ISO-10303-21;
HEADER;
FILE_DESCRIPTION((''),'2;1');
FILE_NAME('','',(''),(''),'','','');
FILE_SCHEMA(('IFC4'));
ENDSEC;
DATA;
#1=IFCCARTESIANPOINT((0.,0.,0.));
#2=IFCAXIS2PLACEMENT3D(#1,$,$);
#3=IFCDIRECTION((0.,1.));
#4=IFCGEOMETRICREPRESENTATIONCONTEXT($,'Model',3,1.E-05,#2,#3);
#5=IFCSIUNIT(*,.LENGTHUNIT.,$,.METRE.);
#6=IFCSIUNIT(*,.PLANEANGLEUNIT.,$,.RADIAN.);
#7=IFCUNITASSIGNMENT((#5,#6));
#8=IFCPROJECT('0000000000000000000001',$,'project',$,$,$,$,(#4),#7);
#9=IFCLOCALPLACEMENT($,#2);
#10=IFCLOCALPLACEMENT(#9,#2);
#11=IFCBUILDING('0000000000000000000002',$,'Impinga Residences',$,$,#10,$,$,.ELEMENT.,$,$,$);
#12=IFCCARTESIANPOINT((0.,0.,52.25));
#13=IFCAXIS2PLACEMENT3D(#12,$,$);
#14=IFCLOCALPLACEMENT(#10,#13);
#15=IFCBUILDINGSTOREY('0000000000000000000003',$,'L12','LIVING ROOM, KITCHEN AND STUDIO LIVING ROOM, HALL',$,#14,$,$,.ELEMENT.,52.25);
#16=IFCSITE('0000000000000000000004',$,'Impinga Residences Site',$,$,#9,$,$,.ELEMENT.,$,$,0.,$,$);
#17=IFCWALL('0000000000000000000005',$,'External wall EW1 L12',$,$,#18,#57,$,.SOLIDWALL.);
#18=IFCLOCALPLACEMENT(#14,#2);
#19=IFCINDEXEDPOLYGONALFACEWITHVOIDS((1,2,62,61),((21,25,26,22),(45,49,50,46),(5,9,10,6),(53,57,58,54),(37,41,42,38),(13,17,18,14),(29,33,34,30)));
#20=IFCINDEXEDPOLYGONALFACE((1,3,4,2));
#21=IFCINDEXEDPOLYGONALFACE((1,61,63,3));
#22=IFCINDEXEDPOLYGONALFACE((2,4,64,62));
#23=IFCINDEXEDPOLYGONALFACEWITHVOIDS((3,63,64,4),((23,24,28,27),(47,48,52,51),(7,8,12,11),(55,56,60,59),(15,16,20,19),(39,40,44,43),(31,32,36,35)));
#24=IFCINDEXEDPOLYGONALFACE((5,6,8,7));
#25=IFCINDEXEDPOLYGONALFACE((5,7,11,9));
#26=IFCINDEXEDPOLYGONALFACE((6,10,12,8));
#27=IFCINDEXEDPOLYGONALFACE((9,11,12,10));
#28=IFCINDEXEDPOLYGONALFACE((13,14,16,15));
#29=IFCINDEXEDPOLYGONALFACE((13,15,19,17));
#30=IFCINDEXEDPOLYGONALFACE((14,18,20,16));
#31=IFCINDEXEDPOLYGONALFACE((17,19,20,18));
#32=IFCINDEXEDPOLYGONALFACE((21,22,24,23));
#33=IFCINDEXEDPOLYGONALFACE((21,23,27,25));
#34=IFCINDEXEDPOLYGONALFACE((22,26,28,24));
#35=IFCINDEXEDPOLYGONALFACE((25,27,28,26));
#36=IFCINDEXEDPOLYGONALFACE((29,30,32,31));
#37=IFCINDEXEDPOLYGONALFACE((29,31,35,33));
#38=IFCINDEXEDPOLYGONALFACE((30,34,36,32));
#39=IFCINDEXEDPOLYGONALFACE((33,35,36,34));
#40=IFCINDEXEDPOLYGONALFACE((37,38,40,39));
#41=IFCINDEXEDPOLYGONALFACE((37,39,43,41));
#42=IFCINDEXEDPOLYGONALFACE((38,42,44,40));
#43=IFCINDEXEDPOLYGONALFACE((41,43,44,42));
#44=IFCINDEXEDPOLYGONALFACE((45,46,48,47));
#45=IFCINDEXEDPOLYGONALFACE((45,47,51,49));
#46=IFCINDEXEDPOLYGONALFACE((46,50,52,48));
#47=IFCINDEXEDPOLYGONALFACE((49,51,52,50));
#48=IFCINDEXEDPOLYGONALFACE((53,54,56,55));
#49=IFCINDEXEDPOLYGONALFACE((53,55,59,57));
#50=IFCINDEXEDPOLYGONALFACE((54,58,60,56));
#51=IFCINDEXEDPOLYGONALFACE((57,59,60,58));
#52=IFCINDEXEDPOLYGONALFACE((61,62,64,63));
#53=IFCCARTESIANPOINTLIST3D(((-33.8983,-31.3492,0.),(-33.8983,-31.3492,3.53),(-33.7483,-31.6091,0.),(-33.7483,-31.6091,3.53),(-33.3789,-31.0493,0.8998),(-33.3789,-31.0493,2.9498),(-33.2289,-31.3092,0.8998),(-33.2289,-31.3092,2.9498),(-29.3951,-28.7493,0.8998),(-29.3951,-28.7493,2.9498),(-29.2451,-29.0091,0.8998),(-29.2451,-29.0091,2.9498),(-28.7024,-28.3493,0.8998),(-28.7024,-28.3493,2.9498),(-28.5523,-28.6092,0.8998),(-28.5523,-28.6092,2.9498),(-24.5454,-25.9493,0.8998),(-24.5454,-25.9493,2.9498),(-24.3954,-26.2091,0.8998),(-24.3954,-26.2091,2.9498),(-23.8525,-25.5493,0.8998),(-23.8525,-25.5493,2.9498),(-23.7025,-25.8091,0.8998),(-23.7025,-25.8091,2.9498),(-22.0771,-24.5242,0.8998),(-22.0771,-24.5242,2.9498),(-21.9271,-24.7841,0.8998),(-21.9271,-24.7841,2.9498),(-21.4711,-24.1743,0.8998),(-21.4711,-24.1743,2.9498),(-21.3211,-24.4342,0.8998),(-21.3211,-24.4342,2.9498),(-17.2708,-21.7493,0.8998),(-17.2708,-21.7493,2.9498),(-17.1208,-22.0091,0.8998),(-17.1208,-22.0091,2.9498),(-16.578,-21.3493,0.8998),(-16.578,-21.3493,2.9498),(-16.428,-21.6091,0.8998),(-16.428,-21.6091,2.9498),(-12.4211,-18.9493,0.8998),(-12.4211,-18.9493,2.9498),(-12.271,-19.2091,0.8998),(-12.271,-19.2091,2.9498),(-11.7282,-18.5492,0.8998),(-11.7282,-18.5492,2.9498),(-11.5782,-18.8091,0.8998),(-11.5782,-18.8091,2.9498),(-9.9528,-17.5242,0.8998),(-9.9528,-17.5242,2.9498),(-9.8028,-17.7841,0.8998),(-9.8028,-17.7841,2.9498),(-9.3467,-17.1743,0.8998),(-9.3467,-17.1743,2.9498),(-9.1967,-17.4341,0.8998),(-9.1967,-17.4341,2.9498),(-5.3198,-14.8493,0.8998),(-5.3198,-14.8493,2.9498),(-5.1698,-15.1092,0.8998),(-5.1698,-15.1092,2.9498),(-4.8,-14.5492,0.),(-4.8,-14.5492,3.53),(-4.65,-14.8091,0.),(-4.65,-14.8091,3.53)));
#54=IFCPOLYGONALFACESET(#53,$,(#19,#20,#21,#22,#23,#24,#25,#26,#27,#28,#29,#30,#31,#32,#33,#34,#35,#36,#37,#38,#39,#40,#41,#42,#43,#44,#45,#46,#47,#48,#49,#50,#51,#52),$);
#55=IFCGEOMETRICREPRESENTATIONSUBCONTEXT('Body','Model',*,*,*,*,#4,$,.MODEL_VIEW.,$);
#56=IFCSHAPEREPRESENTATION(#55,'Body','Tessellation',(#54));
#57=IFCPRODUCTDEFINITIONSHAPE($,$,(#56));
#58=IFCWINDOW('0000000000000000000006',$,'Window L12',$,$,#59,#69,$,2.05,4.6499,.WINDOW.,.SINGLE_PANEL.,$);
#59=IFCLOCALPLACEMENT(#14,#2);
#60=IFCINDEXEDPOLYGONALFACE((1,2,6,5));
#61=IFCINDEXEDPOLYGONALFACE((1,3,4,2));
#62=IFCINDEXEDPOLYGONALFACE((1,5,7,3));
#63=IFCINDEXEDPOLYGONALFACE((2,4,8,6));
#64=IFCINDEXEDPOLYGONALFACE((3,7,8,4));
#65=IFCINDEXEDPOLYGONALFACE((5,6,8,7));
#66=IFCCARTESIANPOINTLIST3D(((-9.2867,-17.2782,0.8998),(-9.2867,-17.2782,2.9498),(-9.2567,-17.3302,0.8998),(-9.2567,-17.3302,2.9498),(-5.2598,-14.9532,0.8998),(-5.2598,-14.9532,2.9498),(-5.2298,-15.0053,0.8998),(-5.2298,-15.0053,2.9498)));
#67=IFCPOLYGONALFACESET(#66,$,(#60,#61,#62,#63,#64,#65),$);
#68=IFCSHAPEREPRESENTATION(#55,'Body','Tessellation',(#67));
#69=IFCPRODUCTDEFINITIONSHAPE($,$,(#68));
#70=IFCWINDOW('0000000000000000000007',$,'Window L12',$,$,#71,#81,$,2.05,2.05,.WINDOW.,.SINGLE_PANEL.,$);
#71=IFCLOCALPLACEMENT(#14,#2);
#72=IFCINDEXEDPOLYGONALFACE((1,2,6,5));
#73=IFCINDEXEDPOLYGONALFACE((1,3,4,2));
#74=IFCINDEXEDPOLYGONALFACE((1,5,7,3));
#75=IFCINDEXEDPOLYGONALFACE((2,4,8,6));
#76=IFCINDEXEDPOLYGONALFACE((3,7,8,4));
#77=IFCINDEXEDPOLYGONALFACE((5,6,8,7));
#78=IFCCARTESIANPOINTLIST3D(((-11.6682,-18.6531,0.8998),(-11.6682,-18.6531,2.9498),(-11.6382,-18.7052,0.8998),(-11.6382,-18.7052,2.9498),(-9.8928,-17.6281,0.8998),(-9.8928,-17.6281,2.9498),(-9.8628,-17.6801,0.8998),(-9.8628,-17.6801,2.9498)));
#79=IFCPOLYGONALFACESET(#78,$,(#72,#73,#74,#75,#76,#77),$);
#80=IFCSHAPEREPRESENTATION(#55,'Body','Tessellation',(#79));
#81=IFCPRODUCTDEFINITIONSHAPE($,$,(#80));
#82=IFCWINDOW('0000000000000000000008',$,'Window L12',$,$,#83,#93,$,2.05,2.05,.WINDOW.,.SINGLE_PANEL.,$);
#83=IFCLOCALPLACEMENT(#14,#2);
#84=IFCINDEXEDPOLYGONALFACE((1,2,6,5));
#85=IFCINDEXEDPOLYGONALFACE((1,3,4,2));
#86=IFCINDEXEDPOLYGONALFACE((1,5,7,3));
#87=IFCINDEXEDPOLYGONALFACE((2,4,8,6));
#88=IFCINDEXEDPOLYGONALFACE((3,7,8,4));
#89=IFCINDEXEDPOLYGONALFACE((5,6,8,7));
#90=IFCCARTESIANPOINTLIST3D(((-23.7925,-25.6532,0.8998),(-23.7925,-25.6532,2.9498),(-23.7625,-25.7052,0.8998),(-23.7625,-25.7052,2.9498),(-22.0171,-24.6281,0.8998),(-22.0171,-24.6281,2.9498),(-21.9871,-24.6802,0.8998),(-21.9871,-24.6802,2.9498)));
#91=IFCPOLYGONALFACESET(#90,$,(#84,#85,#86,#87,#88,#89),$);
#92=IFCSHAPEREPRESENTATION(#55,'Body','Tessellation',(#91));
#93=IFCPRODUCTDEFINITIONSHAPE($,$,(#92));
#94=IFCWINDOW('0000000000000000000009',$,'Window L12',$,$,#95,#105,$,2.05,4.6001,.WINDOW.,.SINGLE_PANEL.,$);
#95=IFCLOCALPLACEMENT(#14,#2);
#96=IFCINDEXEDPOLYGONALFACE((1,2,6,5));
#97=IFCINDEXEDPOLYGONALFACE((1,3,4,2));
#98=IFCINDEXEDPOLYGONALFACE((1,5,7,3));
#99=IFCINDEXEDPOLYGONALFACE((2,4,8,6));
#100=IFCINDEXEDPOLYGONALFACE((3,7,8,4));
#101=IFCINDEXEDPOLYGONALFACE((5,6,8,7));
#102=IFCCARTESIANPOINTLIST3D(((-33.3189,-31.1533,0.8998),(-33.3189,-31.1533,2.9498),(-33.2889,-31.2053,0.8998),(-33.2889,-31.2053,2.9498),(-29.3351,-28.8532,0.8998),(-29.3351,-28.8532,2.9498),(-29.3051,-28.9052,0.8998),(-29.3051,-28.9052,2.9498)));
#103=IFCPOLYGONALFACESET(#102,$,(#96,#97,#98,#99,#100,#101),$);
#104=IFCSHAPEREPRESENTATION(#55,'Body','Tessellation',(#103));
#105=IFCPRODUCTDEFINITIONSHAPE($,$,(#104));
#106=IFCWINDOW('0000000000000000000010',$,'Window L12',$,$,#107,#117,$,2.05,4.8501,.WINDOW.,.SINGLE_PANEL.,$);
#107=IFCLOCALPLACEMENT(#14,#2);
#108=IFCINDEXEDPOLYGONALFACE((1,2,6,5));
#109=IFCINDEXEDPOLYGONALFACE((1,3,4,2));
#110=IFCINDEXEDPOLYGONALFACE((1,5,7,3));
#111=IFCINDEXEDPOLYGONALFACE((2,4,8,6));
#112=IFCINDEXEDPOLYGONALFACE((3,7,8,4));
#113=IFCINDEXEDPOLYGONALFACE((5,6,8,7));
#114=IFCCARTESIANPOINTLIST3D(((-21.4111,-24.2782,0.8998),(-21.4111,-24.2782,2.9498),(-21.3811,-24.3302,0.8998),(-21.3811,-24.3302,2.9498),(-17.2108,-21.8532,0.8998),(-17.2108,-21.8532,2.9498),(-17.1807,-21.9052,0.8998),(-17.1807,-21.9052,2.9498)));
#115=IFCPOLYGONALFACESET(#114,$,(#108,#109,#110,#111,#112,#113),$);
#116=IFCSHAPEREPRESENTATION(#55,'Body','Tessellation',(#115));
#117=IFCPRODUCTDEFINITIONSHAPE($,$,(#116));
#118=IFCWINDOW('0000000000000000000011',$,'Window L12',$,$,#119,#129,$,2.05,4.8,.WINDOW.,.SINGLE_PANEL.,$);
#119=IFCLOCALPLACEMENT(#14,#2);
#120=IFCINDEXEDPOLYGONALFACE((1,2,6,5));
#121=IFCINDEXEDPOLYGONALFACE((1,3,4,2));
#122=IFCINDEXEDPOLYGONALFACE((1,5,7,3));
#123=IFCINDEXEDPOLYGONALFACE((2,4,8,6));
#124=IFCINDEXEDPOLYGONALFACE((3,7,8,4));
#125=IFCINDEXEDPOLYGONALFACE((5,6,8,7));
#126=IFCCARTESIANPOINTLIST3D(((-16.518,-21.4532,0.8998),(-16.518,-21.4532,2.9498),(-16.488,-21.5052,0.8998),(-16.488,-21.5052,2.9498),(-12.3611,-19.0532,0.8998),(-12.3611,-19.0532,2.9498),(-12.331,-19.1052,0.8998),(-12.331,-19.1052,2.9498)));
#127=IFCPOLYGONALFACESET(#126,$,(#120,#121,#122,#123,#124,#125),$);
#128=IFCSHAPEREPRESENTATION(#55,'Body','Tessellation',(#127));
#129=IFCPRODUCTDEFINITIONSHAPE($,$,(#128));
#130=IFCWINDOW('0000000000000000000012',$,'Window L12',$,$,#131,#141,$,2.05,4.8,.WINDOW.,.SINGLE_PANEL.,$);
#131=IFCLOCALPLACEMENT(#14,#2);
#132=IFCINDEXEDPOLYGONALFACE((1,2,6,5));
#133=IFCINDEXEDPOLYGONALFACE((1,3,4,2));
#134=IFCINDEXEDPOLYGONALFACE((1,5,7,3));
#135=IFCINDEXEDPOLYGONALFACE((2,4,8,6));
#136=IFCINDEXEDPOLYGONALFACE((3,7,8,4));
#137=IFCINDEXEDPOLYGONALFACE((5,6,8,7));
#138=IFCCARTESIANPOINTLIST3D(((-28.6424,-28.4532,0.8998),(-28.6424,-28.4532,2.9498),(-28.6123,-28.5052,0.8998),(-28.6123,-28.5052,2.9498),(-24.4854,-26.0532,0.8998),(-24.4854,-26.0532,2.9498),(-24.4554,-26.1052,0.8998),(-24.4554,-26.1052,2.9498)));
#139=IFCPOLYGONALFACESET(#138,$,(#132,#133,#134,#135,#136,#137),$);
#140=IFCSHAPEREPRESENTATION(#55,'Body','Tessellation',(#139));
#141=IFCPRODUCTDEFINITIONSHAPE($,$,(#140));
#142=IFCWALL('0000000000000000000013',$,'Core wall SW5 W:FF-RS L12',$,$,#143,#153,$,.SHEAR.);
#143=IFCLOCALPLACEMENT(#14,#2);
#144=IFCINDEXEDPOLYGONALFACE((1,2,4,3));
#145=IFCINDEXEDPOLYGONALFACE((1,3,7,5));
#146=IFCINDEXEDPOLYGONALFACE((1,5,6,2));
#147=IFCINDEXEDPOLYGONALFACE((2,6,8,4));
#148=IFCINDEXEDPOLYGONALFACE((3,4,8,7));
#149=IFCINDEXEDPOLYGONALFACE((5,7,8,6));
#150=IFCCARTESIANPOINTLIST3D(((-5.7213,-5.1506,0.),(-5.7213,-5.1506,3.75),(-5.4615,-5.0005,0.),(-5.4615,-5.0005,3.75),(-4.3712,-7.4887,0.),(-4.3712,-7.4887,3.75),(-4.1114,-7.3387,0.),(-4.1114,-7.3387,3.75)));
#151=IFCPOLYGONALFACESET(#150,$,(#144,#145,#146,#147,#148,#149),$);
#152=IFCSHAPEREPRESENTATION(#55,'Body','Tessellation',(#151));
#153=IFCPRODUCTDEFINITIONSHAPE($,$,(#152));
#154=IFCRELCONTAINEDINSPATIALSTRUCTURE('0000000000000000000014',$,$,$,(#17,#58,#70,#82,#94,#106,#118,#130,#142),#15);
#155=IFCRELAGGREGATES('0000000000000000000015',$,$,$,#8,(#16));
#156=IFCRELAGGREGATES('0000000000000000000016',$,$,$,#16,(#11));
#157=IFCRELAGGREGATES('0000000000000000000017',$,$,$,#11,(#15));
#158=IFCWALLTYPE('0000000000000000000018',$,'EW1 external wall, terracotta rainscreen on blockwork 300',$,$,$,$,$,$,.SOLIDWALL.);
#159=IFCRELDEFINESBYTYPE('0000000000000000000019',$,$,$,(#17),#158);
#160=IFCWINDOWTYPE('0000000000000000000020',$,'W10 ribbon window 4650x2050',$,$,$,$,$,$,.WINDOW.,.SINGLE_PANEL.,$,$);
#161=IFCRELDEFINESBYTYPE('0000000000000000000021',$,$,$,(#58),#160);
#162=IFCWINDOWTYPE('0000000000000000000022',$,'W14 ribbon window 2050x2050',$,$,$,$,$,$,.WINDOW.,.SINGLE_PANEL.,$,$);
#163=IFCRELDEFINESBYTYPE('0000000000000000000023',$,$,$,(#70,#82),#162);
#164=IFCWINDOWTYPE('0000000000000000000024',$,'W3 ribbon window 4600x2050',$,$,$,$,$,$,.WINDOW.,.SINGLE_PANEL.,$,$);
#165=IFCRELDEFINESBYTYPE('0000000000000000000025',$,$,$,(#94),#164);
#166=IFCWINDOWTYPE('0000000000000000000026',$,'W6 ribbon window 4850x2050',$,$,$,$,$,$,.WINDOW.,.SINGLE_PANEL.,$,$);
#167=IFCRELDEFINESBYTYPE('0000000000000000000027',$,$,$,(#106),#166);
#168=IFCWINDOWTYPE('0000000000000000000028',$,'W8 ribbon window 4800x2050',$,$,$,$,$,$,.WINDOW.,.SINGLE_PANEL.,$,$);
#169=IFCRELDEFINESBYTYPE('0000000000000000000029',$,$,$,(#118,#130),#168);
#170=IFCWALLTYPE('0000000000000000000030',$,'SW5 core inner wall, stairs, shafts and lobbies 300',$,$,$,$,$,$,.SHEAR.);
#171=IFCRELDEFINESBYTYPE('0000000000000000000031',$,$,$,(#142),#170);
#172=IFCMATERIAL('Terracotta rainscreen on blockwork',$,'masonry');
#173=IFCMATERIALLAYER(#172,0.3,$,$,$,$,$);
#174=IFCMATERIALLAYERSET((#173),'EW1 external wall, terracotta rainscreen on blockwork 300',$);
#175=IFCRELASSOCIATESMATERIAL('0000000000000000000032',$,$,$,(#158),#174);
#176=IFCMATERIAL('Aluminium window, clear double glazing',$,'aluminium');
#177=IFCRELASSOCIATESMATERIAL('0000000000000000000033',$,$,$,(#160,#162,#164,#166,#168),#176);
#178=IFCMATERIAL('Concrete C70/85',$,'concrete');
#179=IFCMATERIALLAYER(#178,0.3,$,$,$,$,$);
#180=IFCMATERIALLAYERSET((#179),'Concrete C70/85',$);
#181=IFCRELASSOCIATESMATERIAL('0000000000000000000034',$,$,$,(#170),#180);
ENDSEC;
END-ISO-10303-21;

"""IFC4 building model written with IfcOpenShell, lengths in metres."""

from ifc_helpers import new_model, si_unit, direction, frame, frame_2d, origin, place, context, subcontext, project, spatial, rectangle, extrude, material, layer, layer_set, type_object, element, fill, save


model = new_model("IFC4")

# Units and contexts
model_context = context("Model", 3, precision=1e-05, world=origin(), true_north=direction((0.0, 1.0)))
body_context = subcontext(model_context, "Body", "Model", "MODEL_VIEW")
ifc_project = project(units=[si_unit("LENGTHUNIT", "METRE"), si_unit("PLANEANGLEUNIT", "RADIAN")], contexts=[model_context])

# Site, building, storey
site_placement = place(None, origin())
site = spatial("IfcSite", under=ifc_project, at=site_placement, Name="Impinga Residences Site", CompositionType="ELEMENT", RefElevation=0.0)
building_placement = place(site_placement, origin())
building = spatial("IfcBuilding", under=site, at=building_placement, Name="Impinga Residences", CompositionType="ELEMENT")
storey_placement = place(building_placement, frame((0.0, 0.0, 52.25)))
storey = spatial("IfcBuildingStorey", under=building, at=storey_placement, Name="L12", Description="LIVING ROOM, KITCHEN AND STUDIO LIVING ROOM, HALL", CompositionType="ELEMENT", Elevation=52.25)

# Shared definitions
ifc_material_1 = material(Name="Concrete C70/85", Category="concrete")

# Shared definitions
ifc_material_2 = material(Name="Terracotta rainscreen on blockwork", Category="masonry")
ifc_layer_1 = layer(ifc_material_2, 0.3)
ifc_layer_set_1 = layer_set([ifc_layer_1], Name="EW1 external wall, terracotta rainscreen on blockwork 300")
wall_type_1 = type_object("IfcWallType", Name="EW1 external wall, terracotta rainscreen on blockwork 300", PredefinedType="SOLIDWALL", material=ifc_layer_set_1)

# Wall, openings, windows
wall_1_placement = place(storey_placement, frame((-4.7251, -14.6792, 0.0), z_axis=(0.0, 0.0, 1.0), x_axis=(-0.866024, -0.500002, 0.0)))
wall_1 = element("IfcWall", 1, at=wall_1_placement, inside=storey, type_object=wall_type_1, Name="External wall EW1 L12", PredefinedType="SOLIDWALL", context=body_context, shape_type="SweptSolid", body=[
    extrude(rectangle(XDim=33.5999, YDim=0.3, at=frame_2d((16.7998, 0.0))), origin(), (0.0, 0.0, 1.0), 3.53),
])
opening_1_placement = place(wall_1_placement, frame((0.6001, 0.0, 0.8999)))
opening_1 = element("IfcOpeningElement", 2, at=opening_1_placement, cuts=wall_1, PredefinedType="OPENING", context=body_context, shape_type="SweptSolid", body=[
    extrude(rectangle(XDim=4.6499, YDim=2.05, at=frame_2d((2.325, 1.0249))), frame((0.0, 0.1599, 0.0), z_axis=(0.0, -1.0, 0.0), x_axis=(1.0, 0.0, 0.0)), (0.0, 0.0, 1.0), 0.3201),
])
opening_2_placement = place(wall_1_placement, frame((5.95, 0.0, 0.8999)))
opening_2 = element("IfcOpeningElement", 3, at=opening_2_placement, cuts=wall_1, PredefinedType="OPENING", context=body_context, shape_type="SweptSolid", body=[
    extrude(rectangle(XDim=2.05, YDim=2.05, at=frame_2d((1.0249, 1.0249))), frame((0.0, 0.1599, 0.0), z_axis=(0.0, -1.0, 0.0), x_axis=(1.0, 0.0, 0.0)), (0.0, 0.0, 1.0), 0.3201),
])
opening_3_placement = place(wall_1_placement, frame((8.8, 0.0, 0.8999)))
opening_3 = element("IfcOpeningElement", 4, at=opening_3_placement, cuts=wall_1, PredefinedType="OPENING", context=body_context, shape_type="SweptSolid", body=[
    extrude(rectangle(XDim=4.8, YDim=2.05, at=frame_2d((2.3999, 1.0249))), frame((0.0, 0.1599, 0.0), z_axis=(0.0, -1.0, 0.0), x_axis=(1.0, 0.0, 0.0)), (0.0, 0.0, 1.0), 0.3201),
])
opening_4_placement = place(wall_1_placement, frame((14.3999, 0.0, 0.8999)))
opening_4 = element("IfcOpeningElement", 5, at=opening_4_placement, cuts=wall_1, PredefinedType="OPENING", context=body_context, shape_type="SweptSolid", body=[
    extrude(rectangle(XDim=4.8501, YDim=2.05, at=frame_2d((2.425, 1.0249))), frame((0.0, 0.1599, 0.0), z_axis=(0.0, -1.0, 0.0), x_axis=(1.0, 0.0, 0.0)), (0.0, 0.0, 1.0), 0.3201),
])
opening_5_placement = place(wall_1_placement, frame((19.95, 0.0, 0.8999)))
opening_5 = element("IfcOpeningElement", 6, at=opening_5_placement, cuts=wall_1, PredefinedType="OPENING", context=body_context, shape_type="SweptSolid", body=[
    extrude(rectangle(XDim=2.05, YDim=2.05, at=frame_2d((1.0249, 1.0249))), frame((0.0, 0.1599, 0.0), z_axis=(0.0, -1.0, 0.0), x_axis=(1.0, 0.0, 0.0)), (0.0, 0.0, 1.0), 0.3201),
])
opening_6_placement = place(wall_1_placement, frame((22.8, 0.0, 0.8999)))
opening_6 = element("IfcOpeningElement", 7, at=opening_6_placement, cuts=wall_1, PredefinedType="OPENING", context=body_context, shape_type="SweptSolid", body=[
    extrude(rectangle(XDim=4.8, YDim=2.05, at=frame_2d((2.3999, 1.0249))), frame((0.0, 0.1599, 0.0), z_axis=(0.0, -1.0, 0.0), x_axis=(1.0, 0.0, 0.0)), (0.0, 0.0, 1.0), 0.3201),
])
opening_7_placement = place(wall_1_placement, frame((28.3999, 0.0, 0.8999)))
opening_7 = element("IfcOpeningElement", 8, at=opening_7_placement, cuts=wall_1, PredefinedType="OPENING", context=body_context, shape_type="SweptSolid", body=[
    extrude(rectangle(XDim=4.6001, YDim=2.05, at=frame_2d((2.3, 1.0249))), frame((0.0, 0.1599, 0.0), z_axis=(0.0, -1.0, 0.0), x_axis=(1.0, 0.0, 0.0)), (0.0, 0.0, 1.0), 0.3201),
])
ifc_material_3 = material(Name="Aluminium window, clear double glazing", Category="aluminium")
window_type_1 = type_object("IfcWindowType", Name="W10 ribbon window 4650x2050", PartitioningType="SINGLE_PANEL", PredefinedType="WINDOW", material=ifc_material_3)
window_1_placement = place(opening_1_placement, origin())
window_1 = element("IfcWindow", 9, at=window_1_placement, inside=storey, type_object=window_type_1, Name="Window L12", OverallHeight=2.05, OverallWidth=4.6499, PartitioningType="SINGLE_PANEL", PredefinedType="WINDOW", context=body_context, shape_type="SweptSolid", body=[
    extrude(rectangle(XDim=4.6499, YDim=2.05, at=frame_2d((2.325, 1.0249))), frame((0.0, 0.03, 0.0), z_axis=(0.0, -1.0, 0.0), x_axis=(1.0, 0.0, 0.0)), (0.0, 0.0, 1.0), 0.0601),
])
fill(opening_1, window_1)
window_type_2 = type_object("IfcWindowType", Name="W14 ribbon window 2050x2050", PartitioningType="SINGLE_PANEL", PredefinedType="WINDOW", material=ifc_material_3)
window_2_placement = place(opening_2_placement, origin())
window_2 = element("IfcWindow", 10, at=window_2_placement, inside=storey, type_object=window_type_2, Name="Window L12", OverallHeight=2.05, OverallWidth=2.05, PartitioningType="SINGLE_PANEL", PredefinedType="WINDOW", context=body_context, shape_type="SweptSolid", body=[
    extrude(rectangle(XDim=2.05, YDim=2.05, at=frame_2d((1.0249, 1.0249))), frame((0.0, 0.03, 0.0), z_axis=(0.0, -1.0, 0.0), x_axis=(1.0, 0.0, 0.0)), (0.0, 0.0, 1.0), 0.0601),
])
fill(opening_2, window_2)
window_3_placement = place(opening_5_placement, origin())
window_3 = element("IfcWindow", 11, at=window_3_placement, inside=storey, type_object=window_type_2, Name="Window L12", OverallHeight=2.05, OverallWidth=2.05, PartitioningType="SINGLE_PANEL", PredefinedType="WINDOW", context=body_context, shape_type="SweptSolid", body=[
    extrude(rectangle(XDim=2.05, YDim=2.05, at=frame_2d((1.0249, 1.0249))), frame((0.0, 0.03, 0.0), z_axis=(0.0, -1.0, 0.0), x_axis=(1.0, 0.0, 0.0)), (0.0, 0.0, 1.0), 0.0601),
])
fill(opening_5, window_3)
window_type_3 = type_object("IfcWindowType", Name="W3 ribbon window 4600x2050", PartitioningType="SINGLE_PANEL", PredefinedType="WINDOW", material=ifc_material_3)
window_4_placement = place(opening_7_placement, origin())
window_4 = element("IfcWindow", 12, at=window_4_placement, inside=storey, type_object=window_type_3, Name="Window L12", OverallHeight=2.05, OverallWidth=4.6001, PartitioningType="SINGLE_PANEL", PredefinedType="WINDOW", context=body_context, shape_type="SweptSolid", body=[
    extrude(rectangle(XDim=4.6001, YDim=2.05, at=frame_2d((2.3, 1.0249))), frame((0.0, 0.03, 0.0), z_axis=(0.0, -1.0, 0.0), x_axis=(1.0, 0.0, 0.0)), (0.0, 0.0, 1.0), 0.0601),
])
fill(opening_7, window_4)
window_type_4 = type_object("IfcWindowType", Name="W6 ribbon window 4850x2050", PartitioningType="SINGLE_PANEL", PredefinedType="WINDOW", material=ifc_material_3)
window_5_placement = place(opening_4_placement, origin())
window_5 = element("IfcWindow", 13, at=window_5_placement, inside=storey, type_object=window_type_4, Name="Window L12", OverallHeight=2.05, OverallWidth=4.8501, PartitioningType="SINGLE_PANEL", PredefinedType="WINDOW", context=body_context, shape_type="SweptSolid", body=[
    extrude(rectangle(XDim=4.8501, YDim=2.05, at=frame_2d((2.425, 1.0249))), frame((0.0, 0.03, 0.0), z_axis=(0.0, -1.0, 0.0), x_axis=(1.0, 0.0, 0.0)), (0.0, 0.0, 1.0), 0.0601),
])
fill(opening_4, window_5)
window_type_5 = type_object("IfcWindowType", Name="W8 ribbon window 4800x2050", PartitioningType="SINGLE_PANEL", PredefinedType="WINDOW", material=ifc_material_3)
window_6_placement = place(opening_3_placement, origin())
window_6 = element("IfcWindow", 14, at=window_6_placement, inside=storey, type_object=window_type_5, Name="Window L12", OverallHeight=2.05, OverallWidth=4.8, PartitioningType="SINGLE_PANEL", PredefinedType="WINDOW", context=body_context, shape_type="SweptSolid", body=[
    extrude(rectangle(XDim=4.8, YDim=2.05, at=frame_2d((2.3999, 1.0249))), frame((0.0, 0.03, 0.0), z_axis=(0.0, -1.0, 0.0), x_axis=(1.0, 0.0, 0.0)), (0.0, 0.0, 1.0), 0.0601),
])
fill(opening_3, window_6)
window_7_placement = place(opening_6_placement, origin())
window_7 = element("IfcWindow", 15, at=window_7_placement, inside=storey, type_object=window_type_5, Name="Window L12", OverallHeight=2.05, OverallWidth=4.8, PartitioningType="SINGLE_PANEL", PredefinedType="WINDOW", context=body_context, shape_type="SweptSolid", body=[
    extrude(rectangle(XDim=4.8, YDim=2.05, at=frame_2d((2.3999, 1.0249))), frame((0.0, 0.03, 0.0), z_axis=(0.0, -1.0, 0.0), x_axis=(1.0, 0.0, 0.0)), (0.0, 0.0, 1.0), 0.0601),
])
fill(opening_6, window_7)

# Wall
ifc_layer_2 = layer(ifc_material_1, 0.3)
ifc_layer_set_2 = layer_set([ifc_layer_2], Name="Concrete C70/85")
wall_type_2 = type_object("IfcWallType", Name="SW5 core inner wall, stairs, shafts and lobbies 300", PredefinedType="SHEAR", material=ifc_layer_set_2)
wall_2_placement = place(storey_placement, frame((-4.2412, -7.4138, 0.0), z_axis=(0.0, 0.0, 1.0), x_axis=(-0.500049, 0.865997, 0.0)))
element("IfcWall", 16, at=wall_2_placement, inside=storey, type_object=wall_type_2, Name="Core wall SW5 W:FF-RS L12", PredefinedType="SHEAR", context=body_context, shape_type="SweptSolid", body=[
    extrude(rectangle(XDim=2.7, YDim=0.3, at=frame_2d((1.3501, 0.0))), origin(), (0.0, 0.0, 1.0), 3.75),
])

save(model, "model.ifc")
